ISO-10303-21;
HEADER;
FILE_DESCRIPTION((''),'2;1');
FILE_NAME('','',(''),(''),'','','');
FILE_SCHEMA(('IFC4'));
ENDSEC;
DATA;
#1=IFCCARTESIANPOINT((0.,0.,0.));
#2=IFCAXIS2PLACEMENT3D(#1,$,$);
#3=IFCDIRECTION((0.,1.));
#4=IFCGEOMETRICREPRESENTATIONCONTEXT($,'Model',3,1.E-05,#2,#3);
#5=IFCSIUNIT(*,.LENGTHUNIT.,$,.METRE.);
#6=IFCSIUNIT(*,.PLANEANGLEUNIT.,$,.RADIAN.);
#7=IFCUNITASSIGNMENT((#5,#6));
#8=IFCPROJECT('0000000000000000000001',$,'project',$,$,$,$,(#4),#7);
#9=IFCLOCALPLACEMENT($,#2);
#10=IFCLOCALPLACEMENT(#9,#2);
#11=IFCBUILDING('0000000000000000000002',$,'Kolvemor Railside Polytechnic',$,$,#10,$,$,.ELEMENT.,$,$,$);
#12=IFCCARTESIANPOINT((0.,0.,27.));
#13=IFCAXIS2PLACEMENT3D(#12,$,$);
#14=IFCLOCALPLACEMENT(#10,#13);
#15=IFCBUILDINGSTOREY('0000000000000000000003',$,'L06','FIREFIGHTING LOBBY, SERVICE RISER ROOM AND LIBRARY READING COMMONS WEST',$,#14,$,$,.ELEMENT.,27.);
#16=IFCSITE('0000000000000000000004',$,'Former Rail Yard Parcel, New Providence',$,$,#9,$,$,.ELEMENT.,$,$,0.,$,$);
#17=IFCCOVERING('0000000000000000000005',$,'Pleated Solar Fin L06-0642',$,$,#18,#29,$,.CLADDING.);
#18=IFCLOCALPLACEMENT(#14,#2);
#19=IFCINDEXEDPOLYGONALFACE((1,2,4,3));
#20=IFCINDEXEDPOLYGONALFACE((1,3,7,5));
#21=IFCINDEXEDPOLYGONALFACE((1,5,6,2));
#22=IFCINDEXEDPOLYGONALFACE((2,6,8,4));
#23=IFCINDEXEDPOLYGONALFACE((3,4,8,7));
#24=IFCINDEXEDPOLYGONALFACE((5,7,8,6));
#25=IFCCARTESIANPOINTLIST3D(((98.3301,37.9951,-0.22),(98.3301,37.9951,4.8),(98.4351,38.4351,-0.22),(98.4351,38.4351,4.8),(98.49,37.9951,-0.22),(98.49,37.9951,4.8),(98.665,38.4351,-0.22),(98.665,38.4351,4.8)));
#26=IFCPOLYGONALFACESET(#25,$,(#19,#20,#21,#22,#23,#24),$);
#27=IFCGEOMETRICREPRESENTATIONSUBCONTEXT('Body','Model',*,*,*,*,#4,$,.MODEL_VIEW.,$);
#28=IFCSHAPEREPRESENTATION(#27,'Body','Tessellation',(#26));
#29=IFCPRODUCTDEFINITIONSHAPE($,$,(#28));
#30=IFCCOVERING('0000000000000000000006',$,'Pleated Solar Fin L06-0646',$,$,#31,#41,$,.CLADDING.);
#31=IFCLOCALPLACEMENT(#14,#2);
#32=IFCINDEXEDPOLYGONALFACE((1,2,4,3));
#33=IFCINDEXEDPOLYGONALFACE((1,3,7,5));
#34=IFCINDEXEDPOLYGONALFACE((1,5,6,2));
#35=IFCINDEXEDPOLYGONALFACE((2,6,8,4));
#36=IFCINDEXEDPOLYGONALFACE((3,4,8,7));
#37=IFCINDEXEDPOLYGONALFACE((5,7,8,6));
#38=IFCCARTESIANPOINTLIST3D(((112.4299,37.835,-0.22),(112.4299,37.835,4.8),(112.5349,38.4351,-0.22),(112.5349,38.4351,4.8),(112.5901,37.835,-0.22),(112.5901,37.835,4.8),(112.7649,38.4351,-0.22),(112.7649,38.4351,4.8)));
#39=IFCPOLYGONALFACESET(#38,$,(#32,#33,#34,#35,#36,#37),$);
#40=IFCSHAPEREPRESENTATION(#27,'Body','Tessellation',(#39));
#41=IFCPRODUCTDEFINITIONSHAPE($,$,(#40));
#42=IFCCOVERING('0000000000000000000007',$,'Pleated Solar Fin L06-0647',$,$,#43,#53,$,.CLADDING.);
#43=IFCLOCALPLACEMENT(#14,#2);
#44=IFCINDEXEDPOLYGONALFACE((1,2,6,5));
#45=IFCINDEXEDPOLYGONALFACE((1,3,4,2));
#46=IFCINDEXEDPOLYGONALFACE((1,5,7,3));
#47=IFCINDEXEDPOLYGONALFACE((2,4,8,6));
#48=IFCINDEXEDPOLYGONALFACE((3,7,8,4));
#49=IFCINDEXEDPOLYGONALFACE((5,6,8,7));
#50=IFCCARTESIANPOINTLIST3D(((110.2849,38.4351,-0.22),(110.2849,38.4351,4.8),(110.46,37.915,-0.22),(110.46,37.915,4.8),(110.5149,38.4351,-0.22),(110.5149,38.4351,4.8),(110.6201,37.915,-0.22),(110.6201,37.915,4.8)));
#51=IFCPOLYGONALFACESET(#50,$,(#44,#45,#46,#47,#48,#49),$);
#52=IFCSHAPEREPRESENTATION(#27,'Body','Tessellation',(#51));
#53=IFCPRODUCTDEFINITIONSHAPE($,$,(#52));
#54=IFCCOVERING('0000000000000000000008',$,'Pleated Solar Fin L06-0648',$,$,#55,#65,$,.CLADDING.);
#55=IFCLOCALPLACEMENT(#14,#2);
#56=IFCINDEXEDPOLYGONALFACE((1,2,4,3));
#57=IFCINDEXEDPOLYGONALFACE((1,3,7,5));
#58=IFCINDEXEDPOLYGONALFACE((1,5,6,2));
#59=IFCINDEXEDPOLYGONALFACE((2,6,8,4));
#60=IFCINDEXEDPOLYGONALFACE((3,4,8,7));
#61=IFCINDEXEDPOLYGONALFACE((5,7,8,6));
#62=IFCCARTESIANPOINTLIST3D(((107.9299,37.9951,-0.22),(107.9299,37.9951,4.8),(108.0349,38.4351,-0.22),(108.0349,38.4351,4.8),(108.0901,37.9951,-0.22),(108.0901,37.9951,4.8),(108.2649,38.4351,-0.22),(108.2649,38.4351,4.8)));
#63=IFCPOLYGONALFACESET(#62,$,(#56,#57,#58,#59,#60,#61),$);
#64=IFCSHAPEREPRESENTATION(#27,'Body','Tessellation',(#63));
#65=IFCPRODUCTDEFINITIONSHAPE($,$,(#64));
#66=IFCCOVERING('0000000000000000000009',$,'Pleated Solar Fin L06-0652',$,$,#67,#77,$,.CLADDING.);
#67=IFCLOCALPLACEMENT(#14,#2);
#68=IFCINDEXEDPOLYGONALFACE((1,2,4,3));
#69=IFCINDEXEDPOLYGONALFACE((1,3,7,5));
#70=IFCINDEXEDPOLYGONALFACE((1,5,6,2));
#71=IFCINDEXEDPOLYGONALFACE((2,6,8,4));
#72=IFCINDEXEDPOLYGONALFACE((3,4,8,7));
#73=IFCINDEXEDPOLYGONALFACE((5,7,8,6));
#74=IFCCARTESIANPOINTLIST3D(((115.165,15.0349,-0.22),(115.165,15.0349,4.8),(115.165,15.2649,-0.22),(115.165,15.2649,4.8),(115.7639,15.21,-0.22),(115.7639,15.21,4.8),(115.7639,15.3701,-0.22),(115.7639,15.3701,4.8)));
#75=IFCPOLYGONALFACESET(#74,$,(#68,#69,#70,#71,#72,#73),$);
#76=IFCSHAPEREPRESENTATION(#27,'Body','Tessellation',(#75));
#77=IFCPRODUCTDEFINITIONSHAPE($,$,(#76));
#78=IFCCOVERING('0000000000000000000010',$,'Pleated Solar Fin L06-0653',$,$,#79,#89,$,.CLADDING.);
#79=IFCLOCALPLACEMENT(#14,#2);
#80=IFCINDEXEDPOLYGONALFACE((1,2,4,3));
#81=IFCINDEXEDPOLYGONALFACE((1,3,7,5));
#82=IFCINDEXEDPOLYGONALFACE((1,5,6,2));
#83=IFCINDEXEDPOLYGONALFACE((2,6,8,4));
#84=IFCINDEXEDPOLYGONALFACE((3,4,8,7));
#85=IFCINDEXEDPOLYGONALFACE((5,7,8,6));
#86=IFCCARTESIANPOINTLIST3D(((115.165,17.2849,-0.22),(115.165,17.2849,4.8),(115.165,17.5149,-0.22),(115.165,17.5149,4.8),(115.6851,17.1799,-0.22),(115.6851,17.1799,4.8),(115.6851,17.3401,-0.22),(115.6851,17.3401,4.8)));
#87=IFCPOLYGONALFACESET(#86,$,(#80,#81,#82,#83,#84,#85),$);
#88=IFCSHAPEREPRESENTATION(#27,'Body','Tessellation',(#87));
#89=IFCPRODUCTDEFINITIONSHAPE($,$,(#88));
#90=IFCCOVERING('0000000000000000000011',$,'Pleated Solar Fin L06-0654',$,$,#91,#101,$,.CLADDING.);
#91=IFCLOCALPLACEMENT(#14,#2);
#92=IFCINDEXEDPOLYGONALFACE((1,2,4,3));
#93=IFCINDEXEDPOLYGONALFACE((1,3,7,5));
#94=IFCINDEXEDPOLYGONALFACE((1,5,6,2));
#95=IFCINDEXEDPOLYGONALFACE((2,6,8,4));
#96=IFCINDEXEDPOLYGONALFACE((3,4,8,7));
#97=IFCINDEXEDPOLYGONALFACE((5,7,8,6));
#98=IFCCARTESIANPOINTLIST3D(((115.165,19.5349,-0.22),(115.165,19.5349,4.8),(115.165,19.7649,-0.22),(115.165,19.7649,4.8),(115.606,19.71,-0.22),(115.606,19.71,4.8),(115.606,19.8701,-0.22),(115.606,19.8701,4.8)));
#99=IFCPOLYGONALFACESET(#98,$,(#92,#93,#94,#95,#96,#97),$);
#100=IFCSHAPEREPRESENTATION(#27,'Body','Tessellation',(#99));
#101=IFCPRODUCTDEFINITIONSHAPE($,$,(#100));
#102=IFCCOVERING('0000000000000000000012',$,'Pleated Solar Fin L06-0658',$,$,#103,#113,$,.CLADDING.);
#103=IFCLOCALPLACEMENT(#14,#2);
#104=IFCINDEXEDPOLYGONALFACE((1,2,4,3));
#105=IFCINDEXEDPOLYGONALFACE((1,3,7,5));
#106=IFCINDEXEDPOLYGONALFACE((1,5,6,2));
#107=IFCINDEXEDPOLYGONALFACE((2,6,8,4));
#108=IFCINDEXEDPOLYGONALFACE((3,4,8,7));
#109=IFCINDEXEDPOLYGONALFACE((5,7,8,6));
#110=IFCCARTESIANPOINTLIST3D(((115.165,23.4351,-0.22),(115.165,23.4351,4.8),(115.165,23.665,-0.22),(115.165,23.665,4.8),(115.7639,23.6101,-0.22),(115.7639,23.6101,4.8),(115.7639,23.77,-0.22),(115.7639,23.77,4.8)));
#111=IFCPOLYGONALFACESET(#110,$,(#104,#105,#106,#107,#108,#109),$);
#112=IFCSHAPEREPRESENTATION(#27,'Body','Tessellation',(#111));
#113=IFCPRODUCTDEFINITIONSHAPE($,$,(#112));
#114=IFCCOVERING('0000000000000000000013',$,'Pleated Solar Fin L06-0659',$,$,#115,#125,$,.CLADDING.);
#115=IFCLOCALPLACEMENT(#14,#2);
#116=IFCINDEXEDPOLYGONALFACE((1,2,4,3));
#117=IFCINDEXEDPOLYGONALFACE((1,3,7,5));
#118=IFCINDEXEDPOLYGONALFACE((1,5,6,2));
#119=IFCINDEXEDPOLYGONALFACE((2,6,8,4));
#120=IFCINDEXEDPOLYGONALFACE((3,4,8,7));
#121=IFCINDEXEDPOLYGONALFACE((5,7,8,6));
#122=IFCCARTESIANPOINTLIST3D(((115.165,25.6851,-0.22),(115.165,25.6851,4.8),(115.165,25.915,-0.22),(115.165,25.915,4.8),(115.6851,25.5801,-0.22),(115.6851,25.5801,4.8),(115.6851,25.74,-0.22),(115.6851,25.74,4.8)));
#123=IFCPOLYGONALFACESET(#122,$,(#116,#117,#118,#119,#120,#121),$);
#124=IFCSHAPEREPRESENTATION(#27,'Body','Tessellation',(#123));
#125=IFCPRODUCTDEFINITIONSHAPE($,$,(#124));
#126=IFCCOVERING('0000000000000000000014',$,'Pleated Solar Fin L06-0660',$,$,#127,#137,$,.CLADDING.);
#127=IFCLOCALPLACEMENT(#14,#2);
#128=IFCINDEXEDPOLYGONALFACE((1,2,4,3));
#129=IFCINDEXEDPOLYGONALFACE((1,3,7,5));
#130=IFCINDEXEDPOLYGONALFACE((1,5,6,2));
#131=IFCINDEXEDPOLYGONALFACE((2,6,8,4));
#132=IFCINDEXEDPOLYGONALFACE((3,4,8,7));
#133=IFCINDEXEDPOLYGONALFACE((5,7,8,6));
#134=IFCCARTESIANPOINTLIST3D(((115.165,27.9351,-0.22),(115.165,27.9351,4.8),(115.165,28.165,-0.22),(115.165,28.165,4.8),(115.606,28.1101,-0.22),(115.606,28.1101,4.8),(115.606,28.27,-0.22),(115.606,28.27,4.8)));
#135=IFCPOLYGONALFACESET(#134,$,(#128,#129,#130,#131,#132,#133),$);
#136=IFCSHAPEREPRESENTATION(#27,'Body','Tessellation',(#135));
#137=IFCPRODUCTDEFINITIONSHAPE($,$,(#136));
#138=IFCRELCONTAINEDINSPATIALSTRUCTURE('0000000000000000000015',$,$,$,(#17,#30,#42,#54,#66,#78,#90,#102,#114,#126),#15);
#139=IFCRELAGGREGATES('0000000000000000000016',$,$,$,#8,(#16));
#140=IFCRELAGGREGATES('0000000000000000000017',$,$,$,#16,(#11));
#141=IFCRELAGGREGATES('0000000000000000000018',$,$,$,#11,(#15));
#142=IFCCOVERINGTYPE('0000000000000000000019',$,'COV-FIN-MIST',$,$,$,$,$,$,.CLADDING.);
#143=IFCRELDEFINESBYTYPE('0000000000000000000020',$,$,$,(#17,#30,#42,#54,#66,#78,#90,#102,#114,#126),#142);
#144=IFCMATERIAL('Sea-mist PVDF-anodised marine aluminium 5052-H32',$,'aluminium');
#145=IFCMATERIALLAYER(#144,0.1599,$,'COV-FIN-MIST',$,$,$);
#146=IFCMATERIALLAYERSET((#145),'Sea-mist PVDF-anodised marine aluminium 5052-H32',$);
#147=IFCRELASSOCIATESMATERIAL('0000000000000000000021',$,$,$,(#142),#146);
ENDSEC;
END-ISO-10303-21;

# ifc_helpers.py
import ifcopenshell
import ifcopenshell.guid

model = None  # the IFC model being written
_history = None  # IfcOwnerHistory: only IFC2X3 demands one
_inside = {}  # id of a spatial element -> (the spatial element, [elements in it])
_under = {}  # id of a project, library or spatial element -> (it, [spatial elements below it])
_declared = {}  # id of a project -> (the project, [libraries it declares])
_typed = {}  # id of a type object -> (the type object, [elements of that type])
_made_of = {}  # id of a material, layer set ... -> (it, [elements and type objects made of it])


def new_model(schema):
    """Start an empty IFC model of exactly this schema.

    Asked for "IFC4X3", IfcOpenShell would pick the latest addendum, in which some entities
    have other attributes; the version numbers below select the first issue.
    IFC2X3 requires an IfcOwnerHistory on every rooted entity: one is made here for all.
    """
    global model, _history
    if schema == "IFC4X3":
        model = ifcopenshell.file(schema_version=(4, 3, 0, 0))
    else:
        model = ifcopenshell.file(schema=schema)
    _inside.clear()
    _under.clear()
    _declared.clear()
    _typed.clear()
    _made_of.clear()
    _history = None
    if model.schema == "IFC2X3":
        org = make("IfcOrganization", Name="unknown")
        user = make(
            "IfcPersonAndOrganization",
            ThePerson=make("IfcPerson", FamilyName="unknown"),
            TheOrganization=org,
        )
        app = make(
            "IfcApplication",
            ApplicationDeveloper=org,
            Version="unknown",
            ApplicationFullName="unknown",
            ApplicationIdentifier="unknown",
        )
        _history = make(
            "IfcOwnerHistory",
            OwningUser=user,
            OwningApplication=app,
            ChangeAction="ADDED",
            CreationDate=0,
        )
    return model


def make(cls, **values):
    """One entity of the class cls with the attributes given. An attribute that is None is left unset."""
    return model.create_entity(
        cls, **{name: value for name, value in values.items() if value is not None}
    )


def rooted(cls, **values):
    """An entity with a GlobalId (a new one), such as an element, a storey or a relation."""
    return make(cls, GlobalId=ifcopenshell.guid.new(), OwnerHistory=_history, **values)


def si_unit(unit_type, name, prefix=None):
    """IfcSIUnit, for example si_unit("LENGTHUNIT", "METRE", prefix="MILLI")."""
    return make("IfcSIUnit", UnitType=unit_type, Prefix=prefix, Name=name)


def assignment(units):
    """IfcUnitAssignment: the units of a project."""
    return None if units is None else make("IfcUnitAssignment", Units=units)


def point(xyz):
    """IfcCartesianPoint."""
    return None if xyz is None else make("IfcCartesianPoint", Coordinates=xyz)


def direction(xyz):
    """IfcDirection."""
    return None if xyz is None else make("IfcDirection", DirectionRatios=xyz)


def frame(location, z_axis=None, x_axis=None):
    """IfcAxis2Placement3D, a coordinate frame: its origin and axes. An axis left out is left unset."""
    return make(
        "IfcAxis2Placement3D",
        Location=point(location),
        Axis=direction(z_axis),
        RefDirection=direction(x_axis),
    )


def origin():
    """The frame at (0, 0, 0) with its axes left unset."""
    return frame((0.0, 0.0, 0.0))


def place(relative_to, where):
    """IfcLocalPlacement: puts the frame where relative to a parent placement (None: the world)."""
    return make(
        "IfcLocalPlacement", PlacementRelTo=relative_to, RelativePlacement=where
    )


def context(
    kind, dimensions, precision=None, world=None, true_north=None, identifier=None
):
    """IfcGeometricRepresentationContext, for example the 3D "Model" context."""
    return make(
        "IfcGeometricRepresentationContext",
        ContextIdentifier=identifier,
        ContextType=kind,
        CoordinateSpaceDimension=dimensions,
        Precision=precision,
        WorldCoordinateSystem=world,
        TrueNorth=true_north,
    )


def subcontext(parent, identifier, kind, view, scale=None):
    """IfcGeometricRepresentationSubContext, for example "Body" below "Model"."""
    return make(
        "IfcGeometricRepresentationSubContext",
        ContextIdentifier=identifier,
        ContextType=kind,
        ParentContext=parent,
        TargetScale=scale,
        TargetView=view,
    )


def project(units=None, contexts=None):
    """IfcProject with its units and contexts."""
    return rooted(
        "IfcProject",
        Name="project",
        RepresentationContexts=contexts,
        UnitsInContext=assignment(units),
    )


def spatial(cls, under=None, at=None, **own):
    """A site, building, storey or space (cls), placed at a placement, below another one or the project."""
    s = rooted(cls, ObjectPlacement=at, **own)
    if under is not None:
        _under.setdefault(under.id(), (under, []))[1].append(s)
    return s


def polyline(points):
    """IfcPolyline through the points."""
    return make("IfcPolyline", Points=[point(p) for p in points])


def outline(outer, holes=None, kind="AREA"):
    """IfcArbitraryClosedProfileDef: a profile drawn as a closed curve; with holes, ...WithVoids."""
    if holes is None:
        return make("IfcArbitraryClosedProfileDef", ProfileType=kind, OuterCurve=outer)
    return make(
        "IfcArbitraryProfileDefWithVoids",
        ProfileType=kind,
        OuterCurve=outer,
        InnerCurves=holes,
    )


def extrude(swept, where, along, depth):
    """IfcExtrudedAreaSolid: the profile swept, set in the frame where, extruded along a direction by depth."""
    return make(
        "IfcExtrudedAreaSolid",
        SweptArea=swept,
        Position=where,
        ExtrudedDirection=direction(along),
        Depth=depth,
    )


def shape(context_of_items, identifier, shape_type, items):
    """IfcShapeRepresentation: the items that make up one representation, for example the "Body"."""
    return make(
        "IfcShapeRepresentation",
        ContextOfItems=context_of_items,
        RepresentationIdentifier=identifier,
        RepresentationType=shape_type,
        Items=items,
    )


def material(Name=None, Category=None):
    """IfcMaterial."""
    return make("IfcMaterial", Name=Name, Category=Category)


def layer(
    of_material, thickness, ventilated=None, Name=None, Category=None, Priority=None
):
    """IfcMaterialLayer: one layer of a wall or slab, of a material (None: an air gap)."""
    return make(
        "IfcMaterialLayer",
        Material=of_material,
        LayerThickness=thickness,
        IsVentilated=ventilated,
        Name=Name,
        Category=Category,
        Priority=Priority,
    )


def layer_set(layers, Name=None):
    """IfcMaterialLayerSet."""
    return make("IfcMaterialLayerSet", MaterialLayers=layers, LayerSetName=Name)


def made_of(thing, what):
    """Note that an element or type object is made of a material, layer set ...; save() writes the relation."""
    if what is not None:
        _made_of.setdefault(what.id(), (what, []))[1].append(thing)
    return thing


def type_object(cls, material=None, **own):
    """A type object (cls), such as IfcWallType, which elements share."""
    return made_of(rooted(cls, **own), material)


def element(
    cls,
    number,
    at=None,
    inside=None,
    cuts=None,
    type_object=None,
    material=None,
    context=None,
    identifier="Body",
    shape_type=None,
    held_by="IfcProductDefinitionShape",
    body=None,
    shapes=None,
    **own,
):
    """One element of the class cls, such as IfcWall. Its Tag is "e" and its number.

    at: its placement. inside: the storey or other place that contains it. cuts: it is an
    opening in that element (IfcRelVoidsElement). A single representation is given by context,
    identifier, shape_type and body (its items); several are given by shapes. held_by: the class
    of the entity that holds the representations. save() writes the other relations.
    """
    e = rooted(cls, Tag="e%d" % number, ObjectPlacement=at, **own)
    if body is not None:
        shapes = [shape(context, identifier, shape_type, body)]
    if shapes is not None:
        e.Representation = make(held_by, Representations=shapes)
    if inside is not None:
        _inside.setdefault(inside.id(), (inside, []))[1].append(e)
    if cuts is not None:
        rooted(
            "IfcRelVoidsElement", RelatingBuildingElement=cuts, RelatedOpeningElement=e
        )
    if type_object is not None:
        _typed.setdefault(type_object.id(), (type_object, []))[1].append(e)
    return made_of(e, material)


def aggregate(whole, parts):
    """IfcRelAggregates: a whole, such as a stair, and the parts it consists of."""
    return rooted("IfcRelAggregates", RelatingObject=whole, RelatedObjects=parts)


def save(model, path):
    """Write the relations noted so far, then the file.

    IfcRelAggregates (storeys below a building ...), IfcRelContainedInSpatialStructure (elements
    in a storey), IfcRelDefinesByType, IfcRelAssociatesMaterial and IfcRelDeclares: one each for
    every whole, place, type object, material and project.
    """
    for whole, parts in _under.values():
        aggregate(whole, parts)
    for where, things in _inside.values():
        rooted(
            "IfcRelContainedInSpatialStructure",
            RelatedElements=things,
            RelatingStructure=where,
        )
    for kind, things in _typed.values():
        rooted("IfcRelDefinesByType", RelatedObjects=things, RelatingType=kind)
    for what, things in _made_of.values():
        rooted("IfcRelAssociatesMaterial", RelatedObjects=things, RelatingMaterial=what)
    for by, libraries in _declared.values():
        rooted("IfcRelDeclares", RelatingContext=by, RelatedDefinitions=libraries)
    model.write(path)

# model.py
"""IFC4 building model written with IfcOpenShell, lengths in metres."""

from ifc_helpers import new_model, si_unit, direction, frame, origin, place, context, subcontext, project, spatial, polyline, outline, extrude, material, layer, layer_set, type_object, element, save


model = new_model("IFC4")

# Units and contexts
model_context = context("Model", 3, precision=1e-05, world=origin(), true_north=direction((0.0, 1.0)))
body_context = subcontext(model_context, "Body", "Model", "MODEL_VIEW")
ifc_project = project(units=[si_unit("LENGTHUNIT", "METRE"), si_unit("PLANEANGLEUNIT", "RADIAN")], contexts=[model_context])

# Site, building, storey
site_placement = place(None, origin())
site = spatial("IfcSite", under=ifc_project, at=site_placement, Name="Former Rail Yard Parcel, New Providence", CompositionType="ELEMENT", RefElevation=0.0)
building_placement = place(site_placement, origin())
building = spatial("IfcBuilding", under=site, at=building_placement, Name="Kolvemor Railside Polytechnic", CompositionType="ELEMENT")
storey_placement = place(building_placement, frame((0.0, 0.0, 27.0)))
storey = spatial("IfcBuildingStorey", under=building, at=storey_placement, Name="L06", Description="FIREFIGHTING LOBBY, SERVICE RISER ROOM AND LIBRARY READING COMMONS WEST", CompositionType="ELEMENT", Elevation=27.0)

# Coverings
ifc_material_1 = material(Name="Sea-mist PVDF-anodised marine aluminium 5052-H32", Category="aluminium")
ifc_layer_1 = layer(ifc_material_1, 0.1599, Name="COV-FIN-MIST")
ifc_layer_set_1 = layer_set([ifc_layer_1], Name="Sea-mist PVDF-anodised marine aluminium 5052-H32")
covering_type_1 = type_object("IfcCoveringType", Name="COV-FIN-MIST", PredefinedType="CLADDING", material=ifc_layer_set_1)
covering_1_placement = place(storey_placement, frame((0.0, 0.0, -0.22)))
element("IfcCovering", 1, at=covering_1_placement, inside=storey, type_object=covering_type_1, Name="Pleated Solar Fin L06-0642", PredefinedType="CLADDING", context=body_context, shape_type="SweptSolid", body=[
    extrude(outline(polyline([(98.665, 38.4351), (98.4351, 38.4351), (98.3301, 37.9951), (98.49, 37.9951), (98.665, 38.4351)])), origin(), (0.0, 0.0, 1.0), 5.02),
])
covering_2_placement = place(storey_placement, frame((0.0, 0.0, -0.22)))
element("IfcCovering", 2, at=covering_2_placement, inside=storey, type_object=covering_type_1, Name="Pleated Solar Fin L06-0646", PredefinedType="CLADDING", context=body_context, shape_type="SweptSolid", body=[
    extrude(outline(polyline([(112.7649, 38.4351), (112.5349, 38.4351), (112.4299, 37.835), (112.5901, 37.835), (112.7649, 38.4351)])), origin(), (0.0, 0.0, 1.0), 5.02),
])
covering_3_placement = place(storey_placement, frame((0.0, 0.0, -0.22)))
element("IfcCovering", 3, at=covering_3_placement, inside=storey, type_object=covering_type_1, Name="Pleated Solar Fin L06-0647", PredefinedType="CLADDING", context=body_context, shape_type="SweptSolid", body=[
    extrude(outline(polyline([(110.5149, 38.4351), (110.2849, 38.4351), (110.46, 37.915), (110.6201, 37.915), (110.5149, 38.4351)])), origin(), (0.0, 0.0, 1.0), 5.02),
])
covering_4_placement = place(storey_placement, frame((0.0, 0.0, -0.22)))
element("IfcCovering", 4, at=covering_4_placement, inside=storey, type_object=covering_type_1, Name="Pleated Solar Fin L06-0648", PredefinedType="CLADDING", context=body_context, shape_type="SweptSolid", body=[
    extrude(outline(polyline([(108.2649, 38.4351), (108.0349, 38.4351), (107.9299, 37.9951), (108.0901, 37.9951), (108.2649, 38.4351)])), origin(), (0.0, 0.0, 1.0), 5.02),
])
covering_5_placement = place(storey_placement, frame((0.0, 0.0, -0.22)))
element("IfcCovering", 5, at=covering_5_placement, inside=storey, type_object=covering_type_1, Name="Pleated Solar Fin L06-0652", PredefinedType="CLADDING", context=body_context, shape_type="SweptSolid", body=[
    extrude(outline(polyline([(115.165, 15.0349), (115.165, 15.2649), (115.7639, 15.3701), (115.7639, 15.21), (115.165, 15.0349)])), origin(), (0.0, 0.0, 1.0), 5.02),
])
covering_6_placement = place(storey_placement, frame((0.0, 0.0, -0.22)))
element("IfcCovering", 6, at=covering_6_placement, inside=storey, type_object=covering_type_1, Name="Pleated Solar Fin L06-0653", PredefinedType="CLADDING", context=body_context, shape_type="SweptSolid", body=[
    extrude(outline(polyline([(115.165, 17.2849), (115.165, 17.5149), (115.6851, 17.3401), (115.6851, 17.1799), (115.165, 17.2849)])), origin(), (0.0, 0.0, 1.0), 5.02),
])
covering_7_placement = place(storey_placement, frame((0.0, 0.0, -0.22)))
element("IfcCovering", 7, at=covering_7_placement, inside=storey, type_object=covering_type_1, Name="Pleated Solar Fin L06-0654", PredefinedType="CLADDING", context=body_context, shape_type="SweptSolid", body=[
    extrude(outline(polyline([(115.165, 19.5349), (115.165, 19.7649), (115.606, 19.8701), (115.606, 19.71), (115.165, 19.5349)])), origin(), (0.0, 0.0, 1.0), 5.02),
])
covering_8_placement = place(storey_placement, frame((0.0, 0.0, -0.22)))
element("IfcCovering", 8, at=covering_8_placement, inside=storey, type_object=covering_type_1, Name="Pleated Solar Fin L06-0658", PredefinedType="CLADDING", context=body_context, shape_type="SweptSolid", body=[
    extrude(outline(polyline([(115.165, 23.4351), (115.165, 23.665), (115.7639, 23.77), (115.7639, 23.6101), (115.165, 23.4351)])), origin(), (0.0, 0.0, 1.0), 5.02),
])
covering_9_placement = place(storey_placement, frame((0.0, 0.0, -0.22)))
element("IfcCovering", 9, at=covering_9_placement, inside=storey, type_object=covering_type_1, Name="Pleated Solar Fin L06-0659", PredefinedType="CLADDING", context=body_context, shape_type="SweptSolid", body=[
    extrude(outline(polyline([(115.165, 25.6851), (115.165, 25.915), (115.6851, 25.74), (115.6851, 25.5801), (115.165, 25.6851)])), origin(), (0.0, 0.0, 1.0), 5.02),
])
covering_10_placement = place(storey_placement, frame((0.0, 0.0, -0.22)))
element("IfcCovering", 10, at=covering_10_placement, inside=storey, type_object=covering_type_1, Name="Pleated Solar Fin L06-0660", PredefinedType="CLADDING", context=body_context, shape_type="SweptSolid", body=[
    extrude(outline(polyline([(115.165, 27.9351), (115.165, 28.165), (115.606, 28.27), (115.606, 28.1101), (115.165, 27.9351)])), origin(), (0.0, 0.0, 1.0), 5.02),
])

save(model, "model.ifc")
